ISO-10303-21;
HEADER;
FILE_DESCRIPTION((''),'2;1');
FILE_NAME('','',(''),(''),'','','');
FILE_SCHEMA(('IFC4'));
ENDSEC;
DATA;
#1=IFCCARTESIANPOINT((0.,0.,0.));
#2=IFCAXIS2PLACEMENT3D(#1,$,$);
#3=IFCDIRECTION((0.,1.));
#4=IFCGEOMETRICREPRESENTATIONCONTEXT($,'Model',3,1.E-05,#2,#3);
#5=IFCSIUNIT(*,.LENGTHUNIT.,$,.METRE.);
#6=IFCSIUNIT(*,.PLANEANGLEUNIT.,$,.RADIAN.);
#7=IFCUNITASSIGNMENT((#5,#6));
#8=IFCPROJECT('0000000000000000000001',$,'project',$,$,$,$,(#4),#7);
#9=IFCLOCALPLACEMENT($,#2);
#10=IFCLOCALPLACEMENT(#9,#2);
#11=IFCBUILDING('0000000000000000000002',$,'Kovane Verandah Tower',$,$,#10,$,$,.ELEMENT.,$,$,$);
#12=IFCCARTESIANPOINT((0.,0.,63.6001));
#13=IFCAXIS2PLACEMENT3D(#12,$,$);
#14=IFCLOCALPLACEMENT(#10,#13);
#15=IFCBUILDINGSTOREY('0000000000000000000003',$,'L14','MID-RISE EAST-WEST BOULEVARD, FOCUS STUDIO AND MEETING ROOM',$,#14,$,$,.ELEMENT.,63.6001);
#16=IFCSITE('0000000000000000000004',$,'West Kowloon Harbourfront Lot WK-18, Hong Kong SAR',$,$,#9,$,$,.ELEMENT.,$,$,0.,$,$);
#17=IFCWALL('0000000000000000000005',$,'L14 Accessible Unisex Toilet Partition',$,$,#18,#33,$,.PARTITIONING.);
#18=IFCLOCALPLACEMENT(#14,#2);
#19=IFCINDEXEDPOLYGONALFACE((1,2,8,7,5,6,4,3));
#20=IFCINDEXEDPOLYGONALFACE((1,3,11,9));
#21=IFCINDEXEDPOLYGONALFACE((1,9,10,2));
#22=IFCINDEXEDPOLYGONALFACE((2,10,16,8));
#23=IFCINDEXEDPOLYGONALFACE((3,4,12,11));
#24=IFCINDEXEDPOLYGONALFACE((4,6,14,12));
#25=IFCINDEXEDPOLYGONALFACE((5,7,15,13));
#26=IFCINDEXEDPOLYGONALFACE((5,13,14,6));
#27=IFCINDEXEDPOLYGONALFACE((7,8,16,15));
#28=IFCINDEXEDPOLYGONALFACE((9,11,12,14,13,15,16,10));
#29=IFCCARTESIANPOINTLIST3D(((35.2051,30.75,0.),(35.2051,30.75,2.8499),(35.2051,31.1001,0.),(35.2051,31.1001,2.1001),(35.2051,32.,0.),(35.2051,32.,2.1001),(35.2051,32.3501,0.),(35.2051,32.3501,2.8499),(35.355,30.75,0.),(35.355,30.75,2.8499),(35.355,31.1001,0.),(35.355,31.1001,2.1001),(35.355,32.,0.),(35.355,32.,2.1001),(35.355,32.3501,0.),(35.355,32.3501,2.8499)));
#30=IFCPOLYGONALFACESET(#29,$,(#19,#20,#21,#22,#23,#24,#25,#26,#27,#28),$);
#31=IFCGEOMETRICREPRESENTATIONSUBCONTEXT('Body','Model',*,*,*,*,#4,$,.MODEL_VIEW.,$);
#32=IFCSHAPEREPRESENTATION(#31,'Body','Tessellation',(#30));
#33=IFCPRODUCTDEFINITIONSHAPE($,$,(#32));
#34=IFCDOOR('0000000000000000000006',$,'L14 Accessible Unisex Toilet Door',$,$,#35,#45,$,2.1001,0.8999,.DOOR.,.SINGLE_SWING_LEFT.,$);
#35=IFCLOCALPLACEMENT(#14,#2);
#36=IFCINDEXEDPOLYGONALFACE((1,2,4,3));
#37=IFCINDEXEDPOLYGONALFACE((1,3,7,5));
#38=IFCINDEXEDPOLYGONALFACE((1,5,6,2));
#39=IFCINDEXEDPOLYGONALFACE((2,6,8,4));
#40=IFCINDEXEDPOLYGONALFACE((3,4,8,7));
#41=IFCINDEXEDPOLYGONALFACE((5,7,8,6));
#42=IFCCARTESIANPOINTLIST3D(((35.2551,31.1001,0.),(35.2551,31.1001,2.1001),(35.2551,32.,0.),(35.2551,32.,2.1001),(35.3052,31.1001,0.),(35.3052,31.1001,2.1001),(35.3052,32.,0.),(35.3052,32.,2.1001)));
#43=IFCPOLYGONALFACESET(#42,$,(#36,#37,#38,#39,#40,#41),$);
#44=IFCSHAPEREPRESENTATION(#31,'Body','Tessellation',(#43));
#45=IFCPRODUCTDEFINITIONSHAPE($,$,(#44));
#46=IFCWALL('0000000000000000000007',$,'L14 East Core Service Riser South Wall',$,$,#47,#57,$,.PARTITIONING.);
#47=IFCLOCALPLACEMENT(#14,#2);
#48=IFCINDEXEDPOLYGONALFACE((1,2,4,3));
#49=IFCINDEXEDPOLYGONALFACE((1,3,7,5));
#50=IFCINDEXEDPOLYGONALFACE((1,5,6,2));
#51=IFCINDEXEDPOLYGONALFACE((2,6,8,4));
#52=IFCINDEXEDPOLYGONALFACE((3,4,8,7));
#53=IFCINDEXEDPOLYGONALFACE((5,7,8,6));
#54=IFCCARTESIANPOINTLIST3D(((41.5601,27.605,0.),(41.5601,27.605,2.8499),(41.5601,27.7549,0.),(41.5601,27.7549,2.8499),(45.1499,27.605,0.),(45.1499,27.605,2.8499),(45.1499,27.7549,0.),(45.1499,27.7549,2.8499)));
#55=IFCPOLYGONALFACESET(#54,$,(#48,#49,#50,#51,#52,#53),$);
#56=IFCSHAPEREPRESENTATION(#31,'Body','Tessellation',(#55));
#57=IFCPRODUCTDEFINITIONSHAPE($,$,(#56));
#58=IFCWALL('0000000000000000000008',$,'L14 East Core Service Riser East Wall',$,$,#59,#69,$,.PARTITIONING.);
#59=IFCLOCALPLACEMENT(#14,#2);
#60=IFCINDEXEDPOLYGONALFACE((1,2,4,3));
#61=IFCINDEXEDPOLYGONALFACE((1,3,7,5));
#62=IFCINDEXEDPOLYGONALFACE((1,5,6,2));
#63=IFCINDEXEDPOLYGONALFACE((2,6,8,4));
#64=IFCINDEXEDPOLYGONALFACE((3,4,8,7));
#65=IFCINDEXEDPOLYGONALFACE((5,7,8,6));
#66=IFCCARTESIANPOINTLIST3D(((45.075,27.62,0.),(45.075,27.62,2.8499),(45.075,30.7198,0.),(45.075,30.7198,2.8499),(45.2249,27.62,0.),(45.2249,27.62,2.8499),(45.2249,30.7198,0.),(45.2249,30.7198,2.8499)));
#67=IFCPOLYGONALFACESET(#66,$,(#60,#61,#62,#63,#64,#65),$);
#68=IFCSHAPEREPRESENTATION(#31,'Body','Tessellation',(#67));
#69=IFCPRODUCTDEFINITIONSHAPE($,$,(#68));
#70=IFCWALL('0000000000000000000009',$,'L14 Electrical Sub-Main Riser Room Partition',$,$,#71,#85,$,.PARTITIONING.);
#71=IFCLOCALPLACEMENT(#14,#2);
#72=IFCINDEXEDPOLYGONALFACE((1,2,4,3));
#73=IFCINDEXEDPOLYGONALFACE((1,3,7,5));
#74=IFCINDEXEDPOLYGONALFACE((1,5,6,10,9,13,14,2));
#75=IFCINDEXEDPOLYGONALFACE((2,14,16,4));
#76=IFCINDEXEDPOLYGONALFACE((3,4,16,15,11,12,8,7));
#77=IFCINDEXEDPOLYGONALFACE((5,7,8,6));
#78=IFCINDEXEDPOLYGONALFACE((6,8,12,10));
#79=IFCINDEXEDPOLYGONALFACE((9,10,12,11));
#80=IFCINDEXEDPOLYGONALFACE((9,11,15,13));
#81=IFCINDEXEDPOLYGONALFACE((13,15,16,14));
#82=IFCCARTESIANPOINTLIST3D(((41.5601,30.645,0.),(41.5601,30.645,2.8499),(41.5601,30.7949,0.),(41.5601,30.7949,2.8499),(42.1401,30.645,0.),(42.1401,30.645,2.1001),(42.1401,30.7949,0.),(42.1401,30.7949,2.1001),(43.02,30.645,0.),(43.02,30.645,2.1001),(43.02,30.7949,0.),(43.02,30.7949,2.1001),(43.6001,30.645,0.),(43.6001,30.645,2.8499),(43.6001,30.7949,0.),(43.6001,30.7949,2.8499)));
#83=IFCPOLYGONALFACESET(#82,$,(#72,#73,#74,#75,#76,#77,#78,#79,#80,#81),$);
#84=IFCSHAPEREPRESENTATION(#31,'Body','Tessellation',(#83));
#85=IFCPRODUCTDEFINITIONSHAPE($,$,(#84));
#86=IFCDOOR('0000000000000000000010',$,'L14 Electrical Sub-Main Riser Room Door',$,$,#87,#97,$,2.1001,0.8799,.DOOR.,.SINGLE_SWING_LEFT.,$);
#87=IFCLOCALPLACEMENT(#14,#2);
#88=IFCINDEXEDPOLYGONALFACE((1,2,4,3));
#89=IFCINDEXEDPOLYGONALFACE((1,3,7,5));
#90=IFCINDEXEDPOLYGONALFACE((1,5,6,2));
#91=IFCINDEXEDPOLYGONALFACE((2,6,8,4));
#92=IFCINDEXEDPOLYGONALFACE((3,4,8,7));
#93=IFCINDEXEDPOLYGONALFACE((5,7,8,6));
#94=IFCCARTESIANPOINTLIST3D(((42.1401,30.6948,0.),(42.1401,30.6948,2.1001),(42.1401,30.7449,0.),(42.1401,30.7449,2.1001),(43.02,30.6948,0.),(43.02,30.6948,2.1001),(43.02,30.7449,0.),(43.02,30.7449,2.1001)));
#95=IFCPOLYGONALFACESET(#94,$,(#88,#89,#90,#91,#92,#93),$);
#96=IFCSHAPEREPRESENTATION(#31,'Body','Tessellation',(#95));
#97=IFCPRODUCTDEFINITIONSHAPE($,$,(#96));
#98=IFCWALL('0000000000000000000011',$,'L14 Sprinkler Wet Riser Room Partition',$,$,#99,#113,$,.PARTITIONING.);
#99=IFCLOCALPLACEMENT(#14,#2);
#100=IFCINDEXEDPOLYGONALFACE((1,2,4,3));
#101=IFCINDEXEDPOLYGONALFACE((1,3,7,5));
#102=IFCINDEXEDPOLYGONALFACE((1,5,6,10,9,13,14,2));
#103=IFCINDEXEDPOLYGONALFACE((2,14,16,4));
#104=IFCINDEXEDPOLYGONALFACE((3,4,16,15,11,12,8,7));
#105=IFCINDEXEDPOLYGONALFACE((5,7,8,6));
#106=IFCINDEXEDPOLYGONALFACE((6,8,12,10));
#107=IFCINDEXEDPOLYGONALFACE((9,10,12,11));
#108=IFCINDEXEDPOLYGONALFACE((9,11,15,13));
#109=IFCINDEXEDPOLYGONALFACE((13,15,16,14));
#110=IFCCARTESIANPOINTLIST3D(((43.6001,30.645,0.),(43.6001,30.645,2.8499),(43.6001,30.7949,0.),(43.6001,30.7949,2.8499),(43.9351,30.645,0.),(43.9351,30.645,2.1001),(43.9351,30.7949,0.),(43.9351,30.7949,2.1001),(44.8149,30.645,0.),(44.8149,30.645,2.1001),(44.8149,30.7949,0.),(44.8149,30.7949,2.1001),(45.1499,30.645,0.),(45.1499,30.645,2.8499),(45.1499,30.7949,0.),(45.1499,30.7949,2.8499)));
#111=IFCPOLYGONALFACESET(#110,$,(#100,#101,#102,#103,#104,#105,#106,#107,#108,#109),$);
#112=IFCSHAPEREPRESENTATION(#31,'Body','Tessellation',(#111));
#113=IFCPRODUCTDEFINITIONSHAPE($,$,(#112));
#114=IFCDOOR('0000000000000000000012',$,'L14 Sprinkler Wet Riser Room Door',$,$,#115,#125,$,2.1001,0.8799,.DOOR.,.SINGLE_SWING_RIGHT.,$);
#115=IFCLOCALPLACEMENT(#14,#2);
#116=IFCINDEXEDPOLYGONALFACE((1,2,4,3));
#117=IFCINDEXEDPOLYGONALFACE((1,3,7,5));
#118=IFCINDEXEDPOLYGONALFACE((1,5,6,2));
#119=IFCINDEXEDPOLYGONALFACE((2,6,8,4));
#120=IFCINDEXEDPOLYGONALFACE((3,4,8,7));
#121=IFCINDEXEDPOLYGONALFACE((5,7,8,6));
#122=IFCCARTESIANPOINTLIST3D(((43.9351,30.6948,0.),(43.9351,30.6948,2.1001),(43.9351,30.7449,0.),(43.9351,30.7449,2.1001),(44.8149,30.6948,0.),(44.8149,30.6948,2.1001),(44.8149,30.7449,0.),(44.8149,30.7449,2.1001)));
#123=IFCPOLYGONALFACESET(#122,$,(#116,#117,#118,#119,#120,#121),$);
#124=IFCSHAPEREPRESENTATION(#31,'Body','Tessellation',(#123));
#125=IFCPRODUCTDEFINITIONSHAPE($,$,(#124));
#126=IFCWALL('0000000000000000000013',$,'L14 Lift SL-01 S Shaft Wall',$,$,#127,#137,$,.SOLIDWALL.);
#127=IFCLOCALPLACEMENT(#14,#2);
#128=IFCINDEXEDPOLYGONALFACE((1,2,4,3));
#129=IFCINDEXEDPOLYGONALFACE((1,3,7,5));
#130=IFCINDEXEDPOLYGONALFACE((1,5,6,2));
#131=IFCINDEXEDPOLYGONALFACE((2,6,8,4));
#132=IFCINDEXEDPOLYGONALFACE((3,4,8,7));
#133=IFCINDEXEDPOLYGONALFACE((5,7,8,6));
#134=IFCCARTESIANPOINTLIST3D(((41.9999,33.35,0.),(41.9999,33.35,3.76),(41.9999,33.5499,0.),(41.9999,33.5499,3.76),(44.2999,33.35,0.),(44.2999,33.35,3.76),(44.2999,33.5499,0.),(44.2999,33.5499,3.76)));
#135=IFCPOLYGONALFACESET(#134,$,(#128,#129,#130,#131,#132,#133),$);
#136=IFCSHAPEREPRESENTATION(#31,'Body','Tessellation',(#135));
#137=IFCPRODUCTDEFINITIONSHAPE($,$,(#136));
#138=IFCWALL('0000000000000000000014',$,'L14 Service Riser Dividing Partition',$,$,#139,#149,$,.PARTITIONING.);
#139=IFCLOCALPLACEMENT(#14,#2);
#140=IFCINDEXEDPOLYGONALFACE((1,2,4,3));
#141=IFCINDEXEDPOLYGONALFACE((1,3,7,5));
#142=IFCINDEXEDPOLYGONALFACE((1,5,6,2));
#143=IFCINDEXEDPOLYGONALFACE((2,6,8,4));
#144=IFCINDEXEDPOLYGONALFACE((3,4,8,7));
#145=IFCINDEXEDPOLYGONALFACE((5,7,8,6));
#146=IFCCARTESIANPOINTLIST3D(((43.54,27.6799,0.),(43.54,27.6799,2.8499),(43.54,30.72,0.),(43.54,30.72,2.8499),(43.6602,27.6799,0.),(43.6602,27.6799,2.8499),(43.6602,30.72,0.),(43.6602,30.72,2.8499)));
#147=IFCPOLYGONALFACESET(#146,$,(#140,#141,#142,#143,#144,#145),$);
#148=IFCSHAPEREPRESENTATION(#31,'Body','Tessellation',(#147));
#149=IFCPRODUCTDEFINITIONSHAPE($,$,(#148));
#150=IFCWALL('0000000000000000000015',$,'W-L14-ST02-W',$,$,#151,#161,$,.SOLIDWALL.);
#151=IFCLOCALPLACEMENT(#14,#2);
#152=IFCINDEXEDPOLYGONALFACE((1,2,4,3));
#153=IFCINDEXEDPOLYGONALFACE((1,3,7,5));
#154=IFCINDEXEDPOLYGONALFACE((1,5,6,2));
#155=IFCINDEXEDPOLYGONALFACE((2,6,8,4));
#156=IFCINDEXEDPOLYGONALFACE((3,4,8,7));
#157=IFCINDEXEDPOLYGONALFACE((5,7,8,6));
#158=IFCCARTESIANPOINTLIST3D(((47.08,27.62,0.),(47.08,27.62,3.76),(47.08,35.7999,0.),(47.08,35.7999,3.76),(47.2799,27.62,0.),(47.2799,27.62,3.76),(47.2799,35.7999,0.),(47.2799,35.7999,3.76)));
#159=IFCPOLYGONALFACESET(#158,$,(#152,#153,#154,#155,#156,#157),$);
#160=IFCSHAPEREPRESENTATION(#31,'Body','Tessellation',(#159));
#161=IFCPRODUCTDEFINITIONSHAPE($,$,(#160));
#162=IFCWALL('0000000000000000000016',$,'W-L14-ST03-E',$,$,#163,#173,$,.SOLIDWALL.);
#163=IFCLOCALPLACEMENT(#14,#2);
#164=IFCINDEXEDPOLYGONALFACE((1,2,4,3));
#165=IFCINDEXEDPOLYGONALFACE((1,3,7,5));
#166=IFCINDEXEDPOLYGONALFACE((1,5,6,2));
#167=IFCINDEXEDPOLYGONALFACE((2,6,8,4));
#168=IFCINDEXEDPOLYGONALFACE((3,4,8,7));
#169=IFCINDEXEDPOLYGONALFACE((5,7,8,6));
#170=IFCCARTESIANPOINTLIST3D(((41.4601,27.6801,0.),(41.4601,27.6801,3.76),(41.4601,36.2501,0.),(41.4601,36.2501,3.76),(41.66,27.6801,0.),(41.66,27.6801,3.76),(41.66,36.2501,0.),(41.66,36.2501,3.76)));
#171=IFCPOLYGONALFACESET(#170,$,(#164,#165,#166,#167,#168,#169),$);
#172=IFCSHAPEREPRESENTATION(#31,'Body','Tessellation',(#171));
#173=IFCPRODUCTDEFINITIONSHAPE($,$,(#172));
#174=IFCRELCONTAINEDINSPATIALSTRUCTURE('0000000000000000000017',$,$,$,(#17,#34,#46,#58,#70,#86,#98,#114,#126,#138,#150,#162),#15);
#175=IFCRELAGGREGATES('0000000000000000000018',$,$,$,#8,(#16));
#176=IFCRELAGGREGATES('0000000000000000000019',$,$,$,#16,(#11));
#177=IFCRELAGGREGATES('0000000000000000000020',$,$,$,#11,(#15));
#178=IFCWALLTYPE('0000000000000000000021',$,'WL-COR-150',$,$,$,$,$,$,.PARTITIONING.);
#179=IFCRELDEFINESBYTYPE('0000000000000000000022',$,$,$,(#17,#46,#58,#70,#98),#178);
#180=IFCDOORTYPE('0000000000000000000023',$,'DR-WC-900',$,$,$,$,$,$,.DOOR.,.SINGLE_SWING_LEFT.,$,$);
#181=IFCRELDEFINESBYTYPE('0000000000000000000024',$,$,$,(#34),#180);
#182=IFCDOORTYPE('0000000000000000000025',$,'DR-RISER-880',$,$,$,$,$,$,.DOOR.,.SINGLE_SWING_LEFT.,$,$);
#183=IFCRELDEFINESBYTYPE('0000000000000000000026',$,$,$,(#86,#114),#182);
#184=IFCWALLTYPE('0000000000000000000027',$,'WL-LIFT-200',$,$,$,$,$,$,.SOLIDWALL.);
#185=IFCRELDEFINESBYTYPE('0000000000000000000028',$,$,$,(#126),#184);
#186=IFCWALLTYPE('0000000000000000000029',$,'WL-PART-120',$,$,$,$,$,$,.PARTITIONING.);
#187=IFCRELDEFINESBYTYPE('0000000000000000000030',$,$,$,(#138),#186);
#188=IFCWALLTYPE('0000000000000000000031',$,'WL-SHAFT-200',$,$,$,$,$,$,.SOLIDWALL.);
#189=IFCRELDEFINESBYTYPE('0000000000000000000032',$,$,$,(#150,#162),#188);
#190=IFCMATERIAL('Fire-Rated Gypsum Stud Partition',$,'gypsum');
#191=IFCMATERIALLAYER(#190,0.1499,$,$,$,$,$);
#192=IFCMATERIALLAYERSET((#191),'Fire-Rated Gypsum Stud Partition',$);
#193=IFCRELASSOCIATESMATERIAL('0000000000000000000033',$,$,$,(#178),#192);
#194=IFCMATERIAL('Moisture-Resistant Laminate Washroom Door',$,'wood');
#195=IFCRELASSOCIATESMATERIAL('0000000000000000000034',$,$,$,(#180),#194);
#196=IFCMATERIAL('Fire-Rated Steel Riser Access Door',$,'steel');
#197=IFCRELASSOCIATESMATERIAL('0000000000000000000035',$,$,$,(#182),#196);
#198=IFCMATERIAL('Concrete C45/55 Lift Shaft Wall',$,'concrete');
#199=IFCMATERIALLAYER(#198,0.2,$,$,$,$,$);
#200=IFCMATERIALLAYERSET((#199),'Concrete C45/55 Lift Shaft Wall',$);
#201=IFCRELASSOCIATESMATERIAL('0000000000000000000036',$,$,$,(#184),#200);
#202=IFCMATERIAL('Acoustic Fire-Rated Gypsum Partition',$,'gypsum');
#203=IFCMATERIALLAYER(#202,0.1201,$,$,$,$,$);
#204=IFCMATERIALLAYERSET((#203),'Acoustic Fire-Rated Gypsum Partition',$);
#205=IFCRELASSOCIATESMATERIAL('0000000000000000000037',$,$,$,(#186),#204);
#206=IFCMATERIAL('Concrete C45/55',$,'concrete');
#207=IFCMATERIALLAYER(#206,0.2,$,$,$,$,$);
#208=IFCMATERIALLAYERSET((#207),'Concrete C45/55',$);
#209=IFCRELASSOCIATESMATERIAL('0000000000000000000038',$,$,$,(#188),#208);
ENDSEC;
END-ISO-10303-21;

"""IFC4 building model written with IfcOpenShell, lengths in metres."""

from ifc_helpers import new_model, si_unit, direction, frame, frame_2d, origin, place, context, subcontext, project, spatial, rectangle, extrude, material, layer, layer_set, type_object, element, fill, save


model = new_model("IFC4")

# Units and contexts
model_context = context("Model", 3, precision=1e-05, world=origin(), true_north=direction((0.0, 1.0)))
body_context = subcontext(model_context, "Body", "Model", "MODEL_VIEW")
ifc_project = project(units=[si_unit("LENGTHUNIT", "METRE"), si_unit("PLANEANGLEUNIT", "RADIAN")], contexts=[model_context])

# Site, building, storey
site_placement = place(None, origin())
site = spatial("IfcSite", under=ifc_project, at=site_placement, Name="West Kowloon Harbourfront Lot WK-18, Hong Kong SAR", CompositionType="ELEMENT", RefElevation=0.0)
building_placement = place(site_placement, origin())
building = spatial("IfcBuilding", under=site, at=building_placement, Name="Kovane Verandah Tower", CompositionType="ELEMENT")
storey_placement = place(building_placement, frame((0.0, 0.0, 63.6001)))
storey = spatial("IfcBuildingStorey", under=building, at=storey_placement, Name="L14", Description="MID-RISE EAST-WEST BOULEVARD, FOCUS STUDIO AND MEETING ROOM", CompositionType="ELEMENT", Elevation=63.6001)

# Wall, opening, door
ifc_material_1 = material(Name="Fire-Rated Gypsum Stud Partition", Category="gypsum")
ifc_layer_1 = layer(ifc_material_1, 0.1499)
ifc_layer_set_1 = layer_set([ifc_layer_1], Name="Fire-Rated Gypsum Stud Partition")
wall_type_1 = type_object("IfcWallType", Name="WL-COR-150", PredefinedType="PARTITIONING", material=ifc_layer_set_1)
wall_1_placement = place(storey_placement, frame((35.28, 30.75, 0.0), z_axis=(0.0, 0.0, 1.0), x_axis=(0.0, 1.0, 0.0)))
wall_1 = element("IfcWall", 1, at=wall_1_placement, inside=storey, type_object=wall_type_1, Name="L14 Accessible Unisex Toilet Partition", PredefinedType="PARTITIONING", context=body_context, shape_type="SweptSolid", body=[
    extrude(rectangle(XDim=1.6001, YDim=0.1499, at=frame_2d((0.8, 0.0))), origin(), (0.0, 0.0, 1.0), 2.8499),
])
opening_1_placement = place(wall_1_placement, frame((0.3501, 0.0, 0.0)))
opening_1 = element("IfcOpeningElement", 2, at=opening_1_placement, cuts=wall_1, PredefinedType="OPENING", context=body_context, shape_type="SweptSolid", body=[
    extrude(rectangle(XDim=0.8999, YDim=2.1001, at=frame_2d((0.45, 1.05))), frame((0.0, 0.075, 0.0), z_axis=(0.0, -1.0, 0.0), x_axis=(1.0, 0.0, 0.0)), (0.0, 0.0, 1.0), 0.1499),
])
ifc_material_2 = material(Name="Moisture-Resistant Laminate Washroom Door", Category="wood")
door_type_1 = type_object("IfcDoorType", Name="DR-WC-900", OperationType="SINGLE_SWING_LEFT", PredefinedType="DOOR", material=ifc_material_2)
door_1_placement = place(opening_1_placement, origin())
door_1 = element("IfcDoor", 3, at=door_1_placement, inside=storey, type_object=door_type_1, Name="L14 Accessible Unisex Toilet Door", OperationType="SINGLE_SWING_LEFT", OverallHeight=2.1001, OverallWidth=0.8999, PredefinedType="DOOR", context=body_context, shape_type="SweptSolid", body=[
    extrude(rectangle(XDim=0.8999, YDim=2.1001, at=frame_2d((0.45, 1.05))), frame((0.0, 0.0249, 0.0), z_axis=(0.0, -1.0, 0.0), x_axis=(1.0, 0.0, 0.0)), (0.0, 0.0, 1.0), 0.05),
])
fill(opening_1, door_1)

# Walls
wall_2_placement = place(storey_placement, frame((41.5601, 27.6799, 0.0), z_axis=(0.0, 0.0, 1.0), x_axis=(1.0, 0.0, 0.0)))
element("IfcWall", 4, at=wall_2_placement, inside=storey, type_object=wall_type_1, Name="L14 East Core Service Riser South Wall", PredefinedType="PARTITIONING", context=body_context, shape_type="SweptSolid", body=[
    extrude(rectangle(XDim=3.5898, YDim=0.1499, at=frame_2d((1.7949, 0.0))), origin(), (0.0, 0.0, 1.0), 2.8499),
])
wall_3_placement = place(storey_placement, frame((45.1499, 27.6201, 0.0), z_axis=(0.0, 0.0, 1.0), x_axis=(0.0, 1.0, 0.0)))
element("IfcWall", 5, at=wall_3_placement, inside=storey, type_object=wall_type_1, Name="L14 East Core Service Riser East Wall", PredefinedType="PARTITIONING", context=body_context, shape_type="SweptSolid", body=[
    extrude(rectangle(XDim=3.0999, YDim=0.1499, at=frame_2d((1.5498, 0.0))), origin(), (0.0, 0.0, 1.0), 2.8499),
])

# Walls, openings, doors
wall_4_placement = place(storey_placement, frame((41.5601, 30.72, 0.0), z_axis=(0.0, 0.0, 1.0), x_axis=(1.0, 0.0, 0.0)))
wall_4 = element("IfcWall", 6, at=wall_4_placement, inside=storey, type_object=wall_type_1, Name="L14 Electrical Sub-Main Riser Room Partition", PredefinedType="PARTITIONING", context=body_context, shape_type="SweptSolid", body=[
    extrude(rectangle(XDim=2.04, YDim=0.1499, at=frame_2d((1.02, 0.0))), origin(), (0.0, 0.0, 1.0), 2.8499),
])
opening_2_placement = place(wall_4_placement, frame((0.5801, 0.0, 0.0)))
opening_2 = element("IfcOpeningElement", 7, at=opening_2_placement, cuts=wall_4, PredefinedType="OPENING", context=body_context, shape_type="SweptSolid", body=[
    extrude(rectangle(XDim=0.8799, YDim=2.1001, at=frame_2d((0.4399, 1.05))), frame((0.0, 0.075, 0.0), z_axis=(0.0, -1.0, 0.0), x_axis=(1.0, 0.0, 0.0)), (0.0, 0.0, 1.0), 0.1499),
])
ifc_material_3 = material(Name="Fire-Rated Steel Riser Access Door", Category="steel")
door_type_2 = type_object("IfcDoorType", Name="DR-RISER-880", OperationType="SINGLE_SWING_LEFT", PredefinedType="DOOR", material=ifc_material_3)
door_2_placement = place(opening_2_placement, origin())
door_2 = element("IfcDoor", 8, at=door_2_placement, inside=storey, type_object=door_type_2, Name="L14 Electrical Sub-Main Riser Room Door", OperationType="SINGLE_SWING_LEFT", OverallHeight=2.1001, OverallWidth=0.8799, PredefinedType="DOOR", context=body_context, shape_type="SweptSolid", body=[
    extrude(rectangle(XDim=0.8799, YDim=2.1001, at=frame_2d((0.4399, 1.05))), frame((0.0, 0.0249, 0.0), z_axis=(0.0, -1.0, 0.0), x_axis=(1.0, 0.0, 0.0)), (0.0, 0.0, 1.0), 0.05),
])
fill(opening_2, door_2)
wall_5_placement = place(storey_placement, frame((43.6001, 30.72, 0.0), z_axis=(0.0, 0.0, 1.0), x_axis=(1.0, 0.0, 0.0)))
wall_5 = element("IfcWall", 9, at=wall_5_placement, inside=storey, type_object=wall_type_1, Name="L14 Sprinkler Wet Riser Room Partition", PredefinedType="PARTITIONING", context=body_context, shape_type="SweptSolid", body=[
    extrude(rectangle(XDim=1.5498, YDim=0.1499, at=frame_2d((0.7749, 0.0))), origin(), (0.0, 0.0, 1.0), 2.8499),
])
opening_3_placement = place(wall_5_placement, frame((0.335, 0.0, 0.0)))
opening_3 = element("IfcOpeningElement", 10, at=opening_3_placement, cuts=wall_5, PredefinedType="OPENING", context=body_context, shape_type="SweptSolid", body=[
    extrude(rectangle(XDim=0.8799, YDim=2.1001, at=frame_2d((0.4399, 1.05))), frame((0.0, 0.075, 0.0), z_axis=(0.0, -1.0, 0.0), x_axis=(1.0, 0.0, 0.0)), (0.0, 0.0, 1.0), 0.1499),
])
door_3_placement = place(opening_3_placement, origin())
door_3 = element("IfcDoor", 11, at=door_3_placement, inside=storey, type_object=door_type_2, Name="L14 Sprinkler Wet Riser Room Door", OperationType="SINGLE_SWING_RIGHT", OverallHeight=2.1001, OverallWidth=0.8799, PredefinedType="DOOR", context=body_context, shape_type="SweptSolid", body=[
    extrude(rectangle(XDim=0.8799, YDim=2.1001, at=frame_2d((0.4399, 1.05))), frame((0.0, 0.0249, 0.0), z_axis=(0.0, -1.0, 0.0), x_axis=(1.0, 0.0, 0.0)), (0.0, 0.0, 1.0), 0.05),
])
fill(opening_3, door_3)

# Walls
ifc_material_4 = material(Name="Concrete C45/55 Lift Shaft Wall", Category="concrete")
ifc_layer_2 = layer(ifc_material_4, 0.2)
ifc_layer_set_2 = layer_set([ifc_layer_2], Name="Concrete C45/55 Lift Shaft Wall")
wall_type_2 = type_object("IfcWallType", Name="WL-LIFT-200", PredefinedType="SOLIDWALL", material=ifc_layer_set_2)
wall_6_placement = place(storey_placement, frame((42.0, 33.45, 0.0), z_axis=(0.0, 0.0, 1.0), x_axis=(1.0, 0.0, 0.0)))
element("IfcWall", 12, at=wall_6_placement, inside=storey, type_object=wall_type_2, Name="L14 Lift SL-01 S Shaft Wall", PredefinedType="SOLIDWALL", context=body_context, shape_type="SweptSolid", body=[
    extrude(rectangle(XDim=2.3, YDim=0.2, at=frame_2d((1.1499, 0.0))), origin(), (0.0, 0.0, 1.0), 3.76),
])
ifc_material_5 = material(Name="Acoustic Fire-Rated Gypsum Partition", Category="gypsum")
ifc_layer_3 = layer(ifc_material_5, 0.1201)
ifc_layer_set_3 = layer_set([ifc_layer_3], Name="Acoustic Fire-Rated Gypsum Partition")
wall_type_3 = type_object("IfcWallType", Name="WL-PART-120", PredefinedType="PARTITIONING", material=ifc_layer_set_3)
wall_7_placement = place(storey_placement, frame((43.6001, 27.6799, 0.0), z_axis=(0.0, 0.0, 1.0), x_axis=(0.0, 1.0, 0.0)))
element("IfcWall", 13, at=wall_7_placement, inside=storey, type_object=wall_type_3, Name="L14 Service Riser Dividing Partition", PredefinedType="PARTITIONING", context=body_context, shape_type="SweptSolid", body=[
    extrude(rectangle(XDim=3.04, YDim=0.1201, at=frame_2d((1.52, 0.0))), origin(), (0.0, 0.0, 1.0), 2.8499),
])
ifc_material_6 = material(Name="Concrete C45/55", Category="concrete")
ifc_layer_4 = layer(ifc_material_6, 0.2)
ifc_layer_set_4 = layer_set([ifc_layer_4], Name="Concrete C45/55")
wall_type_4 = type_object("IfcWallType", Name="WL-SHAFT-200", PredefinedType="SOLIDWALL", material=ifc_layer_set_4)
wall_8_placement = place(storey_placement, frame((47.1799, 27.6201, 0.0), z_axis=(0.0, 0.0, 1.0), x_axis=(0.0, 1.0, 0.0)))
element("IfcWall", 14, at=wall_8_placement, inside=storey, type_object=wall_type_4, Name="W-L14-ST02-W", PredefinedType="SOLIDWALL", context=body_context, shape_type="SweptSolid", body=[
    extrude(rectangle(XDim=8.1799, YDim=0.2, at=frame_2d((4.0898, 0.0))), origin(), (0.0, 0.0, 1.0), 3.76),
])

# Wall
wall_9_placement = place(storey_placement, frame((41.5601, 27.6799, 0.0), z_axis=(0.0, 0.0, 1.0), x_axis=(0.0, 1.0, 0.0)))
element("IfcWall", 15, at=wall_9_placement, inside=storey, type_object=wall_type_4, Name="W-L14-ST03-E", PredefinedType="SOLIDWALL", context=body_context, shape_type="SweptSolid", body=[
    extrude(rectangle(XDim=8.5701, YDim=0.2, at=frame_2d((4.2852, 0.0))), origin(), (0.0, 0.0, 1.0), 3.76),
])

save(model, "model.ifc")
